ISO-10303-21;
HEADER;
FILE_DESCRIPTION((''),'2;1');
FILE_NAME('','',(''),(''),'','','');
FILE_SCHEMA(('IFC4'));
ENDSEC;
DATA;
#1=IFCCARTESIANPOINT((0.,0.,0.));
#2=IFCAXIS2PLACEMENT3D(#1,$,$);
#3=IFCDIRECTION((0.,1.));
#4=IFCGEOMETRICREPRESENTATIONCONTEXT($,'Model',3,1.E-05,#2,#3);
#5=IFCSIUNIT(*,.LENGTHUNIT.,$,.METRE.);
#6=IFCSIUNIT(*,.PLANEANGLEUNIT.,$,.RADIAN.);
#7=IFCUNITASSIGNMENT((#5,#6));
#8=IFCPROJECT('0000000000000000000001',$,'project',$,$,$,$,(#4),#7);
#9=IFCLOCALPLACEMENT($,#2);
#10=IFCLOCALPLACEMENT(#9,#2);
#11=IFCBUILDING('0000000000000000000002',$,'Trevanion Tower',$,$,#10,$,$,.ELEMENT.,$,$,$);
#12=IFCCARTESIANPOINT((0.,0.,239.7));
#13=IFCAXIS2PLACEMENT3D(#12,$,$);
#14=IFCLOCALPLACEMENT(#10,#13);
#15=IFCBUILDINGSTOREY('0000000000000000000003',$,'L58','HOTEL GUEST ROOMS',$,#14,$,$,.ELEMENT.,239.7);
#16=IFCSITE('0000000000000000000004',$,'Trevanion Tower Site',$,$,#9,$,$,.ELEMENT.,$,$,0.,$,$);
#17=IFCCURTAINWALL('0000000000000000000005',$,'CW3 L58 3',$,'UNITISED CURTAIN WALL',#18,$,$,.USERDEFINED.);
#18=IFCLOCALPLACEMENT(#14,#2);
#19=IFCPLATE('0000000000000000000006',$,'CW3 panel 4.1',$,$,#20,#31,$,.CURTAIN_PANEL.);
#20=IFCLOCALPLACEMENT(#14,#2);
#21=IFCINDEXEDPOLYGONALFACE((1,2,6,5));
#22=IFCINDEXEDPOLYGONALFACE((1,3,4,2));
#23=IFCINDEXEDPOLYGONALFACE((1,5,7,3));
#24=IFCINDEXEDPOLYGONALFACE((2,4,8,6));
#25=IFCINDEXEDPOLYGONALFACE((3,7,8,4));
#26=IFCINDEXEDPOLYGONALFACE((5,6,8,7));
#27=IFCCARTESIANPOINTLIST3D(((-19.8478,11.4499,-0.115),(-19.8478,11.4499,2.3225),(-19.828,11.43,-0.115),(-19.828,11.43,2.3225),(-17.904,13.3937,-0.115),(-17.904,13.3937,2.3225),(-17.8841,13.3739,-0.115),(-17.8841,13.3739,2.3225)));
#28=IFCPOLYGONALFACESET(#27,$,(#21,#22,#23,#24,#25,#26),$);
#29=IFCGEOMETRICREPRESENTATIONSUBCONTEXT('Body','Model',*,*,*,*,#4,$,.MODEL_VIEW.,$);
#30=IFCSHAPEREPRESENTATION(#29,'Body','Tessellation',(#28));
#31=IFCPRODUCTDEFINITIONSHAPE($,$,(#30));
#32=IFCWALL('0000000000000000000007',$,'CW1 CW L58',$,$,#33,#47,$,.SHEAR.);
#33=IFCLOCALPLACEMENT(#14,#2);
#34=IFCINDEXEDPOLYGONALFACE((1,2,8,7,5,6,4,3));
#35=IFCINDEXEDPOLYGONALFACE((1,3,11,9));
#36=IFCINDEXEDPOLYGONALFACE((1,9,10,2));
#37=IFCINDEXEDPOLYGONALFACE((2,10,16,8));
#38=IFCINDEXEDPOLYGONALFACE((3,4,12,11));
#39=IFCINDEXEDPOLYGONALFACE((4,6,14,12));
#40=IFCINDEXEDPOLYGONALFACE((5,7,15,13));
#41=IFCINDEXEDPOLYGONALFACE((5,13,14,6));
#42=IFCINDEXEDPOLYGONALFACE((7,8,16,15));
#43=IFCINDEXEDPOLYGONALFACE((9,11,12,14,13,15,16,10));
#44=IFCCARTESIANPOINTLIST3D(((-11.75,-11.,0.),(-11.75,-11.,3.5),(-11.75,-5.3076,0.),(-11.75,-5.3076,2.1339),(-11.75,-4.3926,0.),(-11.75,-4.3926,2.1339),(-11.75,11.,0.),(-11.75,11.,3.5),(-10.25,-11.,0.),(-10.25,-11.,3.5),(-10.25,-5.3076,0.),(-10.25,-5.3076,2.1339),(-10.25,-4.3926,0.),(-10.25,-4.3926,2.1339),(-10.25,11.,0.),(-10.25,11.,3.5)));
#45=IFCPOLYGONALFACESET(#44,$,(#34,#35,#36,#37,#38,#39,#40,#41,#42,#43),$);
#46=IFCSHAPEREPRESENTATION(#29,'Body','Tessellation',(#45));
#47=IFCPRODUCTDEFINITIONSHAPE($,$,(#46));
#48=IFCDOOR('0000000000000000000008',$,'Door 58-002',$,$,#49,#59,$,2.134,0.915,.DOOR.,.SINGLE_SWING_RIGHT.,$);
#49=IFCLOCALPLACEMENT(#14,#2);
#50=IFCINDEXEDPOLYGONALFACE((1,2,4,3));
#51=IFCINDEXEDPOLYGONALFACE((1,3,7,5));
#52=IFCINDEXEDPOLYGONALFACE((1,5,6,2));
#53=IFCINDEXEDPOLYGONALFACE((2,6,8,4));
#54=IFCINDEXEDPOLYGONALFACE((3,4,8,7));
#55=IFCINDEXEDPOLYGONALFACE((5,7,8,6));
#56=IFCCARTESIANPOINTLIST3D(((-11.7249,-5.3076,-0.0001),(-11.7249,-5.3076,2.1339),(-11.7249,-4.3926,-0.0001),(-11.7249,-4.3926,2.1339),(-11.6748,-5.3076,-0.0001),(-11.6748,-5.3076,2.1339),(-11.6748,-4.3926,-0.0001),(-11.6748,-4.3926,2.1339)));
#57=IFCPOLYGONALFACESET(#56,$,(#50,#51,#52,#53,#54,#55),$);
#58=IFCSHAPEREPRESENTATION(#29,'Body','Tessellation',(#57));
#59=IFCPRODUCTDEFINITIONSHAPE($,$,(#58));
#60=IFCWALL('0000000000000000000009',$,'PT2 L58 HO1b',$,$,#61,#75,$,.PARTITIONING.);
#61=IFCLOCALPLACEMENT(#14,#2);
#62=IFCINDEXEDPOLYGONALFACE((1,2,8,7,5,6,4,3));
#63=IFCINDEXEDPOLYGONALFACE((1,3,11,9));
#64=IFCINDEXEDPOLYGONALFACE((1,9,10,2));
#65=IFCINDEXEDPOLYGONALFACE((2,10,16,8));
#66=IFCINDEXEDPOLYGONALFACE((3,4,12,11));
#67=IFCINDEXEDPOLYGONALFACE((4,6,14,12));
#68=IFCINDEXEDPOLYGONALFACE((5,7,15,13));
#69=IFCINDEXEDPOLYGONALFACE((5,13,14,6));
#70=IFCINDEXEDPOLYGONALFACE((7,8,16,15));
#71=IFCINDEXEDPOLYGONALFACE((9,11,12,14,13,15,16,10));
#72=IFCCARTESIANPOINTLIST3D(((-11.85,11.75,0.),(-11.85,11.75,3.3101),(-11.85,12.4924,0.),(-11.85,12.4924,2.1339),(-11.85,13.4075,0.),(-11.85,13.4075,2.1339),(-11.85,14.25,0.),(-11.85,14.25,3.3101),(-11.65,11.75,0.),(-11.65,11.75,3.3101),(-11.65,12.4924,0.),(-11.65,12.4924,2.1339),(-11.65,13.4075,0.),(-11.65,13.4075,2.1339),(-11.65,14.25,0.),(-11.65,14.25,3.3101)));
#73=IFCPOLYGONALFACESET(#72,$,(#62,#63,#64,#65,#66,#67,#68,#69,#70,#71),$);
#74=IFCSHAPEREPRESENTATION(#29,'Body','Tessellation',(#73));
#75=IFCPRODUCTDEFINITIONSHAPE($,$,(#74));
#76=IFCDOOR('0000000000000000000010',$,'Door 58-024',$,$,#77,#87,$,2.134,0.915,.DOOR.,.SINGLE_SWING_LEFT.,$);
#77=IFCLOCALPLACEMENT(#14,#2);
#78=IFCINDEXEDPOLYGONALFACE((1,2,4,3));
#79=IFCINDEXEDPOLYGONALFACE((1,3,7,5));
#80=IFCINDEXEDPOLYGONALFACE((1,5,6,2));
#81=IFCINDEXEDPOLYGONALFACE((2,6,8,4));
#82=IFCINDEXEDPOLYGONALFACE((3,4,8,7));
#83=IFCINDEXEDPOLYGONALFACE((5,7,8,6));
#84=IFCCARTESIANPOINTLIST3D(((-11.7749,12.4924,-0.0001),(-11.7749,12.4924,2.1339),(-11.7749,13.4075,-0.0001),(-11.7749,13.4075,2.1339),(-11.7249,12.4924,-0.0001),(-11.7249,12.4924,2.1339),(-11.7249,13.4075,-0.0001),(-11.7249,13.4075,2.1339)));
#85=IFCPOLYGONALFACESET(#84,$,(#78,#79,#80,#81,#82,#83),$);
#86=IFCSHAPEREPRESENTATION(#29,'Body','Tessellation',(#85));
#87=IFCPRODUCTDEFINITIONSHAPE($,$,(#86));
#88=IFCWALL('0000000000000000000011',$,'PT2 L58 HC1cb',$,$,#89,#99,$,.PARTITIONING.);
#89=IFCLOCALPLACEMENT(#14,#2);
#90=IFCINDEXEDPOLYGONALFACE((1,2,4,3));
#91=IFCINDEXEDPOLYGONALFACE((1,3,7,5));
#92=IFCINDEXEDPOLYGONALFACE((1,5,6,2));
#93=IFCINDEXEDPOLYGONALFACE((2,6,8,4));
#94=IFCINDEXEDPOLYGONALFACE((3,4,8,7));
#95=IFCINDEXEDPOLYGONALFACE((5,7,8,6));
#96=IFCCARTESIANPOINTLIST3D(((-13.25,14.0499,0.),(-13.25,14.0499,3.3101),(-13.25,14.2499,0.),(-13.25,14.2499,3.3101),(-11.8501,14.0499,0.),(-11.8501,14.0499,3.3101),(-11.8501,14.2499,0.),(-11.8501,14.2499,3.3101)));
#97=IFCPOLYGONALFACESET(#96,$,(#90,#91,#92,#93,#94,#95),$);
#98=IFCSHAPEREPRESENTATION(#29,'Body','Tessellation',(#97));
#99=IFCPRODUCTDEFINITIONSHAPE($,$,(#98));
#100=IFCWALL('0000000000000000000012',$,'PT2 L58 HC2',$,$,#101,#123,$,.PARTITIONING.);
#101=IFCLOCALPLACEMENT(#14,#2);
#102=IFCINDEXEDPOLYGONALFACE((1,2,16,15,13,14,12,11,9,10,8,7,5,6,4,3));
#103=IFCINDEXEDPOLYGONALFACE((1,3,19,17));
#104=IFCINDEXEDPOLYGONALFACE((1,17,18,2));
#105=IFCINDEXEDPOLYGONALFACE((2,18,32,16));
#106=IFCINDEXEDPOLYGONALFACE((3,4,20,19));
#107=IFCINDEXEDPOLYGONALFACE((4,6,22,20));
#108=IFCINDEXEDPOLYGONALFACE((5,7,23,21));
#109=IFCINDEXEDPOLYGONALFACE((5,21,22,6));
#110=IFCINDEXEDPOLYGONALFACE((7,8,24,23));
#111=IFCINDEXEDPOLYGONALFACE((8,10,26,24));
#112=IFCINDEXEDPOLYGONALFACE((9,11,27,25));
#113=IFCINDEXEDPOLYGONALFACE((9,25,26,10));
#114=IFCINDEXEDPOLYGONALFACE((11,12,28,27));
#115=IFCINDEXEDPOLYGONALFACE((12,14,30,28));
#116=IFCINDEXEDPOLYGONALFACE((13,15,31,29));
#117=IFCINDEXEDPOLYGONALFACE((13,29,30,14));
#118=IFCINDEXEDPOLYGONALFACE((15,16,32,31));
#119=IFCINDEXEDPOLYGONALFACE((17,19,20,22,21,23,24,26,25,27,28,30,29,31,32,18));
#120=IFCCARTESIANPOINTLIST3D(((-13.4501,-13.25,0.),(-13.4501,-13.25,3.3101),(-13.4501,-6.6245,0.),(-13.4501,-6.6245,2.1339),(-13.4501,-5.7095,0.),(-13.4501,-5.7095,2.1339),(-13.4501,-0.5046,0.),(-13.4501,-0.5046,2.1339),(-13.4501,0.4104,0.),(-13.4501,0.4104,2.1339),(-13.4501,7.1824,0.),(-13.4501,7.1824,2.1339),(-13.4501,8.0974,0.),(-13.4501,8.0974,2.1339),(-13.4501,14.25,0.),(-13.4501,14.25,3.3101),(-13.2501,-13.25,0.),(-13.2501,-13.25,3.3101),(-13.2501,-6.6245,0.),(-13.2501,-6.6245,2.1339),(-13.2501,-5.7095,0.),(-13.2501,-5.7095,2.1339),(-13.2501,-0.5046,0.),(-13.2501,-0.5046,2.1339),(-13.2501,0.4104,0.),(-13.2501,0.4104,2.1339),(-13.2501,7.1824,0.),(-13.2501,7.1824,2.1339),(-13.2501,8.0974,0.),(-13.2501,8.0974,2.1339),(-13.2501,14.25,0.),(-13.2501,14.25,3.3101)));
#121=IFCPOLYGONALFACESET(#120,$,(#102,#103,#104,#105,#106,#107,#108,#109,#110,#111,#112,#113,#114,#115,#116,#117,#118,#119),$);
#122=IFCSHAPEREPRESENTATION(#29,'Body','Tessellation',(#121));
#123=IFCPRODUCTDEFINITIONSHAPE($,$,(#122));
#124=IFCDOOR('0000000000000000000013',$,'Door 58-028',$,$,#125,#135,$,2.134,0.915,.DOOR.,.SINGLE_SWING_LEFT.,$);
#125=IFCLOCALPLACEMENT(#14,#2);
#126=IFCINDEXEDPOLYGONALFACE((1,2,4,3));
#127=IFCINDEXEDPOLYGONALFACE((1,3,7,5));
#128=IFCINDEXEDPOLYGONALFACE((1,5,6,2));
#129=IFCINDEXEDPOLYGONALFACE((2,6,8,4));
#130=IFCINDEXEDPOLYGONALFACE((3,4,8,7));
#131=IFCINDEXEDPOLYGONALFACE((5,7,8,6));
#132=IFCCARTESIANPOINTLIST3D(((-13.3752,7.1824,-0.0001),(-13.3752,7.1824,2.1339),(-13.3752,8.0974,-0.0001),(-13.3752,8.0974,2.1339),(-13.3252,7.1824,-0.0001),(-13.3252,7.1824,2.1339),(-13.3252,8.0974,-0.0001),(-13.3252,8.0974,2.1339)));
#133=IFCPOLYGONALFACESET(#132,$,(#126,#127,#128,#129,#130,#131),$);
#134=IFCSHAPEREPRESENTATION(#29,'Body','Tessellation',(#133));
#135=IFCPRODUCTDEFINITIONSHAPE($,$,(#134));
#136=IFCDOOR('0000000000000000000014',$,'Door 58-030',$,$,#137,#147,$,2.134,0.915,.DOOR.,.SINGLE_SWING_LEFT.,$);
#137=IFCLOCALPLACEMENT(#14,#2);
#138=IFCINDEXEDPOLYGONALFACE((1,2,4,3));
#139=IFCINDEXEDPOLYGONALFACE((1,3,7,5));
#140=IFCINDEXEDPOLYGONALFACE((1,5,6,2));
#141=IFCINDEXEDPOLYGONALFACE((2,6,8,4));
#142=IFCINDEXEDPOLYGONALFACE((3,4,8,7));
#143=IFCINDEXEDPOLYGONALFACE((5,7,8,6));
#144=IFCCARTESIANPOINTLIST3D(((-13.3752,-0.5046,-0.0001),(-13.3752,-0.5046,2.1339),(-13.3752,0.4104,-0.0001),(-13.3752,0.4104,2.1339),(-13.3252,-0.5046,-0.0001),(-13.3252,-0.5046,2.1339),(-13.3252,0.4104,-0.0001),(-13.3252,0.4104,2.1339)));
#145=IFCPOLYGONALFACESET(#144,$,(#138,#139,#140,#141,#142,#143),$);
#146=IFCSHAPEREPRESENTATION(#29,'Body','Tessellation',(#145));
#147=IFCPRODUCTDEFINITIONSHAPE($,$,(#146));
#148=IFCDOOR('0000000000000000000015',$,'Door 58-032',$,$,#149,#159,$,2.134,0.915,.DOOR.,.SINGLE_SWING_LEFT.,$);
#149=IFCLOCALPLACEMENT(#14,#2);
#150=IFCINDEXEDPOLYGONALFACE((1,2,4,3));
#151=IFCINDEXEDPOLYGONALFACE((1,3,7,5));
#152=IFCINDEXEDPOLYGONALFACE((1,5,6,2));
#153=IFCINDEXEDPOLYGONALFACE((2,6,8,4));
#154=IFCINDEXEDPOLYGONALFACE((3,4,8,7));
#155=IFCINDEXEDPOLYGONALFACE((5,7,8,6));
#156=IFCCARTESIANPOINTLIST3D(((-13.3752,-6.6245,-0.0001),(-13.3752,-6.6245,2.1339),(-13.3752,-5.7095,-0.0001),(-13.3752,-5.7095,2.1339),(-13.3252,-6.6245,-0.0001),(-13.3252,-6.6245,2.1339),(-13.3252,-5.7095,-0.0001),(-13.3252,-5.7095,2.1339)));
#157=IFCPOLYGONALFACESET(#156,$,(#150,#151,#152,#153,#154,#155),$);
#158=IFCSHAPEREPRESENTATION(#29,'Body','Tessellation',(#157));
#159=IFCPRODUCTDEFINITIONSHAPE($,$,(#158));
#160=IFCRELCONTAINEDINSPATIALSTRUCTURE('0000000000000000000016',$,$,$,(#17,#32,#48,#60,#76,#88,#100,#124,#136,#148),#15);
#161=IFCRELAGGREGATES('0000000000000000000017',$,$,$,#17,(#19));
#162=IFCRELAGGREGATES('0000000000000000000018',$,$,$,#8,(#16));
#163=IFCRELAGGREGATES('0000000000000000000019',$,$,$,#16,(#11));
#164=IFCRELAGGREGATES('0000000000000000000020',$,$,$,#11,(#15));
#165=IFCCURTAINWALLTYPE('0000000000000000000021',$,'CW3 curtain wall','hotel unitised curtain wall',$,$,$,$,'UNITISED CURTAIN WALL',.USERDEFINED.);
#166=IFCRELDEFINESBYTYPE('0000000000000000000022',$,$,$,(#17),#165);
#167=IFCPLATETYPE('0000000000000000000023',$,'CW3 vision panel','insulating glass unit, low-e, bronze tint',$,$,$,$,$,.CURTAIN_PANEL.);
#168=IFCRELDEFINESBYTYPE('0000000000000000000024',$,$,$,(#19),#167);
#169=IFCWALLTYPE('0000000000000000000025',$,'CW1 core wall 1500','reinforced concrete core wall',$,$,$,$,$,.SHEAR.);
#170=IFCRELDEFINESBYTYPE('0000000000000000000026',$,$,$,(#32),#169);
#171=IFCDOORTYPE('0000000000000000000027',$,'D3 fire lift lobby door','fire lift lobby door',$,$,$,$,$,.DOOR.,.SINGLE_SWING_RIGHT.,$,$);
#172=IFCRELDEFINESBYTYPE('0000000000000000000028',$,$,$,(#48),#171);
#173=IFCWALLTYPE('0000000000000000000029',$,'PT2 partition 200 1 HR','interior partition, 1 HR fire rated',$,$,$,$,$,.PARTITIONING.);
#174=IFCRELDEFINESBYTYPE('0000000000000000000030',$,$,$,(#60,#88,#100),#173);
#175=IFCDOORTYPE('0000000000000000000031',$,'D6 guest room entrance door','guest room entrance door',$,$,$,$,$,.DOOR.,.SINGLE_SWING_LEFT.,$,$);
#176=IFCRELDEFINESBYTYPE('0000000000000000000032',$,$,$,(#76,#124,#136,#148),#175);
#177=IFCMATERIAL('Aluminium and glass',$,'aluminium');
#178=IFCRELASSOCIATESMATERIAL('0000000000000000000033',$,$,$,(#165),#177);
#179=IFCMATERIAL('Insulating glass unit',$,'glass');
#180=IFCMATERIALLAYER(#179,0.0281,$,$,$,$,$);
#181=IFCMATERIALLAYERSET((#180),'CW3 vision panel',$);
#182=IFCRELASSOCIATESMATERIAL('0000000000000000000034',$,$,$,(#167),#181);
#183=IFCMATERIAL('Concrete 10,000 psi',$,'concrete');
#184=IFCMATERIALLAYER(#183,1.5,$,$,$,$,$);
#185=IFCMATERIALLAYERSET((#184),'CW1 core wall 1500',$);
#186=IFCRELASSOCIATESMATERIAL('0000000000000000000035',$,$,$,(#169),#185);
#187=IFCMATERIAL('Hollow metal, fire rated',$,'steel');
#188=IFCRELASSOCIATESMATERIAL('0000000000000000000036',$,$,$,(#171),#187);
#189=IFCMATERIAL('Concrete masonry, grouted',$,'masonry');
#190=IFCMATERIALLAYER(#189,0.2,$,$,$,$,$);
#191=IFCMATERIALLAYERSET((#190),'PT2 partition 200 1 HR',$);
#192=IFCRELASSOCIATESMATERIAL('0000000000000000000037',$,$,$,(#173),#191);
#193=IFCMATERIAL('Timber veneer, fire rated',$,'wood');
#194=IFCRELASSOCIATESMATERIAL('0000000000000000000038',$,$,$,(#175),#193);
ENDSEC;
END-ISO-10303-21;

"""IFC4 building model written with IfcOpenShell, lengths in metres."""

from ifc_helpers import new_model, si_unit, direction, frame, frame_2d, origin, origin_2d, place, context, subcontext, project, spatial, rectangle, extrude, material, layer, layer_set, type_object, element, fill, aggregate, save


model = new_model("IFC4")

# Units and contexts
model_context = context("Model", 3, precision=1e-05, world=origin(), true_north=direction((0.0, 1.0)))
body_context = subcontext(model_context, "Body", "Model", "MODEL_VIEW")
ifc_project = project(units=[si_unit("LENGTHUNIT", "METRE"), si_unit("PLANEANGLEUNIT", "RADIAN")], contexts=[model_context])

# Site, building, storey
site_placement = place(None, origin())
site = spatial("IfcSite", under=ifc_project, at=site_placement, Name="Trevanion Tower Site", CompositionType="ELEMENT", RefElevation=0.0)
building_placement = place(site_placement, origin())
building = spatial("IfcBuilding", under=site, at=building_placement, Name="Trevanion Tower", CompositionType="ELEMENT")
storey_placement = place(building_placement, frame((0.0, 0.0, 239.7)))
storey = spatial("IfcBuildingStorey", under=building, at=storey_placement, Name="L58", Description="HOTEL GUEST ROOMS", CompositionType="ELEMENT", Elevation=239.7)

# Curtain wall
ifc_material_1 = material(Name="Aluminium and glass", Category="aluminium")
curtain_wall_type = type_object("IfcCurtainWallType", Name="CW3 curtain wall", Description="hotel unitised curtain wall", ElementType="UNITISED CURTAIN WALL", PredefinedType="USERDEFINED", material=ifc_material_1)
curtain_wall_1_placement = place(storey_placement, origin())
curtain_wall_1 = element("IfcCurtainWall", 1, at=curtain_wall_1_placement, inside=storey, type_object=curtain_wall_type, Name="CW3 L58 3", ObjectType="UNITISED CURTAIN WALL", PredefinedType="USERDEFINED")

# Plate
ifc_material_2 = material(Name="Insulating glass unit", Category="glass")
ifc_layer_1 = layer(ifc_material_2, 0.0281)
ifc_layer_set_1 = layer_set([ifc_layer_1], Name="CW3 vision panel")
plate_type_1 = type_object("IfcPlateType", Name="CW3 vision panel", Description="insulating glass unit, low-e, bronze tint", PredefinedType="CURTAIN_PANEL", material=ifc_layer_set_1)
plate_1_placement = place(storey_placement, frame((-18.866, 12.4119, -0.115), z_axis=(0.0, 0.0, 1.0), x_axis=(-0.707107, -0.707107, 0.0)))
plate_1 = element("IfcPlate", 2, at=plate_1_placement, type_object=plate_type_1, Name="CW3 panel 4.1", PredefinedType="CURTAIN_PANEL", context=body_context, shape_type="SweptSolid", body=[
    extrude(rectangle(XDim=2.749, YDim=0.0281, at=origin_2d()), origin(), (0.0, 0.0, 1.0), 2.4375),
])
aggregate(curtain_wall_1, [plate_1])

# Walls, openings, doors
ifc_material_3 = material(Name="Concrete 10,000 psi", Category="concrete")
ifc_layer_2 = layer(ifc_material_3, 1.5)
ifc_layer_set_2 = layer_set([ifc_layer_2], Name="CW1 core wall 1500")
wall_type_1 = type_object("IfcWallType", Name="CW1 core wall 1500", Description="reinforced concrete core wall", PredefinedType="SHEAR", material=ifc_layer_set_2)
wall_1_placement = place(storey_placement, frame((-11.0, 11.0, 0.0), z_axis=(0.0, 0.0, 1.0), x_axis=(0.0, -1.0, 0.0)))
wall_1 = element("IfcWall", 3, at=wall_1_placement, inside=storey, type_object=wall_type_1, Name="CW1 CW L58", PredefinedType="SHEAR", context=body_context, shape_type="SweptSolid", body=[
    extrude(rectangle(XDim=22.0, YDim=1.5, at=frame_2d((11.0, 0.0))), origin(), (0.0, 0.0, 1.0), 3.5),
])
opening_1_placement = place(wall_1_placement, frame((15.3926, 0.0, 0.0)))
opening_1 = element("IfcOpeningElement", 4, at=opening_1_placement, cuts=wall_1, PredefinedType="OPENING", context=body_context, shape_type="SweptSolid", body=[
    extrude(rectangle(XDim=0.915, YDim=2.134, at=frame_2d((0.4575, 1.0669))), frame((0.0, 0.76, 0.0), z_axis=(0.0, -1.0, 0.0), x_axis=(1.0, 0.0, 0.0)), (0.0, 0.0, 1.0), 1.52),
])
ifc_material_4 = material(Name="Hollow metal, fire rated", Category="steel")
door_type_1 = type_object("IfcDoorType", Name="D3 fire lift lobby door", Description="fire lift lobby door", OperationType="SINGLE_SWING_RIGHT", PredefinedType="DOOR", material=ifc_material_4)
door_1_placement = place(opening_1_placement, origin())
door_1 = element("IfcDoor", 5, at=door_1_placement, inside=storey, type_object=door_type_1, Name="Door 58-002", OperationType="SINGLE_SWING_RIGHT", OverallHeight=2.134, OverallWidth=0.915, PredefinedType="DOOR", context=body_context, shape_type="SweptSolid", body=[
    extrude(rectangle(XDim=0.915, YDim=2.134, at=frame_2d((0.4575, 1.0669))), frame((0.0, -0.6748, 0.0), z_axis=(0.0, -1.0, 0.0), x_axis=(1.0, 0.0, 0.0)), (0.0, 0.0, 1.0), 0.05),
])
fill(opening_1, door_1)
ifc_material_5 = material(Name="Concrete masonry, grouted", Category="masonry")
ifc_layer_3 = layer(ifc_material_5, 0.2)
ifc_layer_set_3 = layer_set([ifc_layer_3], Name="PT2 partition 200 1 HR")
wall_type_2 = type_object("IfcWallType", Name="PT2 partition 200 1 HR", Description="interior partition, 1 HR fire rated", PredefinedType="PARTITIONING", material=ifc_layer_set_3)
wall_2_placement = place(storey_placement, frame((-11.75, 11.75, 0.0), z_axis=(0.0, 0.0, 1.0), x_axis=(0.0, 1.0, 0.0)))
wall_2 = element("IfcWall", 6, at=wall_2_placement, inside=storey, type_object=wall_type_2, Name="PT2 L58 HO1b", PredefinedType="PARTITIONING", context=body_context, shape_type="SweptSolid", body=[
    extrude(rectangle(XDim=2.5, YDim=0.2, at=frame_2d((1.25, 0.0))), origin(), (0.0, 0.0, 1.0), 3.3101),
])
opening_2_placement = place(wall_2_placement, frame((0.7424, 0.0, 0.0)))
opening_2 = element("IfcOpeningElement", 7, at=opening_2_placement, cuts=wall_2, PredefinedType="OPENING", context=body_context, shape_type="SweptSolid", body=[
    extrude(rectangle(XDim=0.915, YDim=2.134, at=frame_2d((0.4575, 1.0669))), frame((0.0, 0.1099, 0.0), z_axis=(0.0, -1.0, 0.0), x_axis=(1.0, 0.0, 0.0)), (0.0, 0.0, 1.0), 0.22),
])
ifc_material_6 = material(Name="Timber veneer, fire rated", Category="wood")
door_type_2 = type_object("IfcDoorType", Name="D6 guest room entrance door", Description="guest room entrance door", OperationType="SINGLE_SWING_LEFT", PredefinedType="DOOR", material=ifc_material_6)
door_2_placement = place(opening_2_placement, origin())
door_2 = element("IfcDoor", 8, at=door_2_placement, inside=storey, type_object=door_type_2, Name="Door 58-024", OperationType="SINGLE_SWING_LEFT", OverallHeight=2.134, OverallWidth=0.915, PredefinedType="DOOR", context=body_context, shape_type="SweptSolid", body=[
    extrude(rectangle(XDim=0.915, YDim=2.134, at=frame_2d((0.4575, 1.0669))), frame((0.0, 0.0249, 0.0), z_axis=(0.0, -1.0, 0.0), x_axis=(1.0, 0.0, 0.0)), (0.0, 0.0, 1.0), 0.05),
])
fill(opening_2, door_2)

# Wall
wall_3_placement = place(storey_placement, frame((-11.8501, 14.1499, 0.0), z_axis=(0.0, 0.0, 1.0), x_axis=(-1.0, 0.0, 0.0)))
element("IfcWall", 9, at=wall_3_placement, inside=storey, type_object=wall_type_2, Name="PT2 L58 HC1cb", PredefinedType="PARTITIONING", context=body_context, shape_type="SweptSolid", body=[
    extrude(rectangle(XDim=1.3999, YDim=0.2, at=frame_2d((0.7, 0.0))), origin(), (0.0, 0.0, 1.0), 3.3101),
])

# Wall, openings, doors
wall_4_placement = place(storey_placement, frame((-13.3501, 14.25, 0.0), z_axis=(0.0, 0.0, 1.0), x_axis=(0.0, -1.0, 0.0)))
wall_4 = element("IfcWall", 10, at=wall_4_placement, inside=storey, type_object=wall_type_2, Name="PT2 L58 HC2", PredefinedType="PARTITIONING", context=body_context, shape_type="SweptSolid", body=[
    extrude(rectangle(XDim=27.5, YDim=0.2, at=frame_2d((13.75, 0.0))), origin(), (0.0, 0.0, 1.0), 3.3101),
])
opening_3_placement = place(wall_4_placement, frame((6.1526, 0.0, 0.0)))
opening_3 = element("IfcOpeningElement", 11, at=opening_3_placement, cuts=wall_4, PredefinedType="OPENING", context=body_context, shape_type="SweptSolid", body=[
    extrude(rectangle(XDim=0.915, YDim=2.134, at=frame_2d((0.4575, 1.0669))), frame((0.0, 0.1099, 0.0), z_axis=(0.0, -1.0, 0.0), x_axis=(1.0, 0.0, 0.0)), (0.0, 0.0, 1.0), 0.22),
])
opening_4_placement = place(wall_4_placement, frame((13.8396, 0.0, 0.0)))
opening_4 = element("IfcOpeningElement", 12, at=opening_4_placement, cuts=wall_4, PredefinedType="OPENING", context=body_context, shape_type="SweptSolid", body=[
    extrude(rectangle(XDim=0.915, YDim=2.134, at=frame_2d((0.4575, 1.0669))), frame((0.0, 0.1099, 0.0), z_axis=(0.0, -1.0, 0.0), x_axis=(1.0, 0.0, 0.0)), (0.0, 0.0, 1.0), 0.22),
])
opening_5_placement = place(wall_4_placement, frame((19.9595, 0.0, 0.0)))
opening_5 = element("IfcOpeningElement", 13, at=opening_5_placement, cuts=wall_4, PredefinedType="OPENING", context=body_context, shape_type="SweptSolid", body=[
    extrude(rectangle(XDim=0.915, YDim=2.134, at=frame_2d((0.4575, 1.0669))), frame((0.0, 0.1099, 0.0), z_axis=(0.0, -1.0, 0.0), x_axis=(1.0, 0.0, 0.0)), (0.0, 0.0, 1.0), 0.22),
])
door_3_placement = place(opening_3_placement, origin())
door_3 = element("IfcDoor", 14, at=door_3_placement, inside=storey, type_object=door_type_2, Name="Door 58-028", OperationType="SINGLE_SWING_LEFT", OverallHeight=2.134, OverallWidth=0.915, PredefinedType="DOOR", context=body_context, shape_type="SweptSolid", body=[
    extrude(rectangle(XDim=0.915, YDim=2.134, at=frame_2d((0.4575, 1.0669))), frame((0.0, 0.0249, 0.0), z_axis=(0.0, -1.0, 0.0), x_axis=(1.0, 0.0, 0.0)), (0.0, 0.0, 1.0), 0.05),
])
fill(opening_3, door_3)
door_4_placement = place(opening_4_placement, origin())
door_4 = element("IfcDoor", 15, at=door_4_placement, inside=storey, type_object=door_type_2, Name="Door 58-030", OperationType="SINGLE_SWING_LEFT", OverallHeight=2.134, OverallWidth=0.915, PredefinedType="DOOR", context=body_context, shape_type="SweptSolid", body=[
    extrude(rectangle(XDim=0.915, YDim=2.134, at=frame_2d((0.4575, 1.0669))), frame((0.0, 0.0249, 0.0), z_axis=(0.0, -1.0, 0.0), x_axis=(1.0, 0.0, 0.0)), (0.0, 0.0, 1.0), 0.05),
])
fill(opening_4, door_4)
door_5_placement = place(opening_5_placement, origin())
door_5 = element("IfcDoor", 16, at=door_5_placement, inside=storey, type_object=door_type_2, Name="Door 58-032", OperationType="SINGLE_SWING_LEFT", OverallHeight=2.134, OverallWidth=0.915, PredefinedType="DOOR", context=body_context, shape_type="SweptSolid", body=[
    extrude(rectangle(XDim=0.915, YDim=2.134, at=frame_2d((0.4575, 1.0669))), frame((0.0, 0.0249, 0.0), z_axis=(0.0, -1.0, 0.0), x_axis=(1.0, 0.0, 0.0)), (0.0, 0.0, 1.0), 0.05),
])
fill(opening_5, door_5)

save(model, "model.ifc")
